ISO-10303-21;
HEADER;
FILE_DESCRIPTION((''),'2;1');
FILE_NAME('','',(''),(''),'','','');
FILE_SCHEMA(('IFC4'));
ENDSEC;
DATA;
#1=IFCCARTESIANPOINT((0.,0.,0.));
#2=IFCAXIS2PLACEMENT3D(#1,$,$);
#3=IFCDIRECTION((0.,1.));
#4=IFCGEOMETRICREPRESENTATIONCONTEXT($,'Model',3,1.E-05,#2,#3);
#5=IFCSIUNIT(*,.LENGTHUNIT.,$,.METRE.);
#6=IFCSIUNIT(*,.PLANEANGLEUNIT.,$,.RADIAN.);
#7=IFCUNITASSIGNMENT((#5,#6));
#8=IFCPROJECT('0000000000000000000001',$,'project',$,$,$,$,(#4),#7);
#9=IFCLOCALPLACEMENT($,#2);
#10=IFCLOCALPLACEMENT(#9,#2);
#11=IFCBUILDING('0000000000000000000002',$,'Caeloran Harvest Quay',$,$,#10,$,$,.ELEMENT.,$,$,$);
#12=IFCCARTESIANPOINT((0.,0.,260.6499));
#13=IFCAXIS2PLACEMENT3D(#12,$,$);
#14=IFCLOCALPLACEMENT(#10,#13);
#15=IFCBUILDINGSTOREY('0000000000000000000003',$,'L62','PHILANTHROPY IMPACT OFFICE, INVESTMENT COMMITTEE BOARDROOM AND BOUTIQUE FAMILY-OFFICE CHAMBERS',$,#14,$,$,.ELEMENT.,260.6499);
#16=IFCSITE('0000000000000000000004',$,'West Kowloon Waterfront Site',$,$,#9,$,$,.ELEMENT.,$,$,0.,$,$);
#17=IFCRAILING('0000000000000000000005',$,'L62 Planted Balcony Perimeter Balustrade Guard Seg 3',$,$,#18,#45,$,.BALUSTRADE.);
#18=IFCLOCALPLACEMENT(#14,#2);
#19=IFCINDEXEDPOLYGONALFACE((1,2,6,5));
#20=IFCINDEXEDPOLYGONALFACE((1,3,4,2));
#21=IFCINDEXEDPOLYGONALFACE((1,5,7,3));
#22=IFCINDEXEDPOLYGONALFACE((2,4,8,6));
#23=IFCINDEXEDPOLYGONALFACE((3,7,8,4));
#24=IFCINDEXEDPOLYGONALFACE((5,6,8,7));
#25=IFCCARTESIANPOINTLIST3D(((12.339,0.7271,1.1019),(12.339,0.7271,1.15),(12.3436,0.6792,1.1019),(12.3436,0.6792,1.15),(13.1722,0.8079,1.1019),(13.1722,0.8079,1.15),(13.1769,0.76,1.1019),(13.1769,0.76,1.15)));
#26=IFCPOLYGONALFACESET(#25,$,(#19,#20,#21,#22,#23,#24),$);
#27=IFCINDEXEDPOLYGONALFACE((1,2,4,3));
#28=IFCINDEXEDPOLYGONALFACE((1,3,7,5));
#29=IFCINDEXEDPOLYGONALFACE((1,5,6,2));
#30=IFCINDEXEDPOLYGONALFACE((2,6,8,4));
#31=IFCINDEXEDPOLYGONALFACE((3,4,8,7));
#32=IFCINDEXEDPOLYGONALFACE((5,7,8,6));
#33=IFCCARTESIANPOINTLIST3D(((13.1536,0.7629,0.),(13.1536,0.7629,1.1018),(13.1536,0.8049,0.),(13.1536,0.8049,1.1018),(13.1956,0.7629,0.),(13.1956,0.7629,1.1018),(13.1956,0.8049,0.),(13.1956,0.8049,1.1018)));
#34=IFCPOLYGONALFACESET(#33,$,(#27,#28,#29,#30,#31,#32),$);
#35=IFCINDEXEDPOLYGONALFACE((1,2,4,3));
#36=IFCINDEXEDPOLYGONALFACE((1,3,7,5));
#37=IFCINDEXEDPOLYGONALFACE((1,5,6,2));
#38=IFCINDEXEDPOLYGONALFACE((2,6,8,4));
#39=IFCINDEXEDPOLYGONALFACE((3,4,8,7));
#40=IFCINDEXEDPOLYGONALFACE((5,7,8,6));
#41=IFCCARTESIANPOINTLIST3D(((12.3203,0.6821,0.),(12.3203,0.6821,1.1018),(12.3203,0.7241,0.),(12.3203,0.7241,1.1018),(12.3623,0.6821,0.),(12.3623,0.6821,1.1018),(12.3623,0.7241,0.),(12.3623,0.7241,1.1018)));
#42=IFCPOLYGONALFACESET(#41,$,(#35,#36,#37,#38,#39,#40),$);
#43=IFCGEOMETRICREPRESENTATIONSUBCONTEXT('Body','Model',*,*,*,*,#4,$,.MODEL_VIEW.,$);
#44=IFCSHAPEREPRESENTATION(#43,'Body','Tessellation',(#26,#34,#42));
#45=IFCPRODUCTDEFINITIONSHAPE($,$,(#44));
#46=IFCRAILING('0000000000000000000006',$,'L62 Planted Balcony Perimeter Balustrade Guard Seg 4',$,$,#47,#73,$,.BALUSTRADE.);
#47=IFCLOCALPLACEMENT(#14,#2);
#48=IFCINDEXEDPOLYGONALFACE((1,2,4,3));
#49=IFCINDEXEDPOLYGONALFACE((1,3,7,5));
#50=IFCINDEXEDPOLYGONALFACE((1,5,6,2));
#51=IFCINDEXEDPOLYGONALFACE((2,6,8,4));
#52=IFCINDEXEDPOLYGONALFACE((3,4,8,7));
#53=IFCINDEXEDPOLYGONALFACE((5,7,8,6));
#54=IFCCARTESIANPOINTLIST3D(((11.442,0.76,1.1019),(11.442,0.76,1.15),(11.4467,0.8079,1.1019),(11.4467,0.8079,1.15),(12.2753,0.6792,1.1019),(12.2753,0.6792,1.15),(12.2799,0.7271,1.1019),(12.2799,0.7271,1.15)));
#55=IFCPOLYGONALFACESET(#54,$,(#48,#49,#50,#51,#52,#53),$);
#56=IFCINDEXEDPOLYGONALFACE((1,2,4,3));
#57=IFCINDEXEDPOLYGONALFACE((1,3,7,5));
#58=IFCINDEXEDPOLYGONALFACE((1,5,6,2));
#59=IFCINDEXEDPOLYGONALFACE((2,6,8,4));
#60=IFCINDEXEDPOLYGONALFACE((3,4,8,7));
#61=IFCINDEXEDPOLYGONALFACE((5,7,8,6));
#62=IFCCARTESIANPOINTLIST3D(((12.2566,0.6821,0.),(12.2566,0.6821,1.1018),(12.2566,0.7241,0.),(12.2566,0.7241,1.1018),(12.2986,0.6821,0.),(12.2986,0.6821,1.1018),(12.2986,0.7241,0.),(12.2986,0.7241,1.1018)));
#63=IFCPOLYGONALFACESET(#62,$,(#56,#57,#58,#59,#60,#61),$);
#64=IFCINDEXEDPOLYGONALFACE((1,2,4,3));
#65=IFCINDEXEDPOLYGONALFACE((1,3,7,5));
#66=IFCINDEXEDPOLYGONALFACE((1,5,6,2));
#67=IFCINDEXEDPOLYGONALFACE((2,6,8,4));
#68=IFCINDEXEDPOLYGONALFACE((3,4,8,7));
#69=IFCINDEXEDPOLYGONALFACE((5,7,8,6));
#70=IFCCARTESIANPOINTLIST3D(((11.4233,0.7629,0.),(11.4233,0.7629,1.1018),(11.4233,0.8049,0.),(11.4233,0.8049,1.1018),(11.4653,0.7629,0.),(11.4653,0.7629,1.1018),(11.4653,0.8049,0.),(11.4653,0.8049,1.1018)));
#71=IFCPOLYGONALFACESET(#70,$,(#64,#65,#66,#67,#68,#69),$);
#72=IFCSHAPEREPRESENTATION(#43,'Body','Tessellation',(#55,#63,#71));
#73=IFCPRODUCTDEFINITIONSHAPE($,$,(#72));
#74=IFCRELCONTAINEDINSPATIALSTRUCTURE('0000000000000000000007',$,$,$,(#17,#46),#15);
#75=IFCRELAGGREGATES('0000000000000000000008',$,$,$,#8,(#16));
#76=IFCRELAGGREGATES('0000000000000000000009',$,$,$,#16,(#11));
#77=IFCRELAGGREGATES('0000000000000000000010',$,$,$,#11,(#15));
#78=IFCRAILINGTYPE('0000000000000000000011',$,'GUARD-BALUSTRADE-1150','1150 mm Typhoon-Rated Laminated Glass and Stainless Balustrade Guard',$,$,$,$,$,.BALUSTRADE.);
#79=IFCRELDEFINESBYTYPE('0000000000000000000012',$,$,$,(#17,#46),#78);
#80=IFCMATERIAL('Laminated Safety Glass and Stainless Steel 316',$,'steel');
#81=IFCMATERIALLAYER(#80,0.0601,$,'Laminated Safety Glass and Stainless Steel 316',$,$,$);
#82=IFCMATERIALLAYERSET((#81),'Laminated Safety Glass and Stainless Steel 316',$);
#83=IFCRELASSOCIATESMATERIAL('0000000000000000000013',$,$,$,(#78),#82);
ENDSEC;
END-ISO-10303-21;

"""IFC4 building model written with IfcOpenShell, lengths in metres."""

from ifc_helpers import new_model, si_unit, direction, frame, origin, origin_2d, place, context, subcontext, project, spatial, rectangle, extrude, material, layer, layer_set, type_object, element, save


model = new_model("IFC4")

# Units and contexts
model_context = context("Model", 3, precision=1e-05, world=origin(), true_north=direction((0.0, 1.0)))
body_context = subcontext(model_context, "Body", "Model", "MODEL_VIEW")
ifc_project = project(units=[si_unit("LENGTHUNIT", "METRE"), si_unit("PLANEANGLEUNIT", "RADIAN")], contexts=[model_context])

# Site, building, storey
site_placement = place(None, origin())
site = spatial("IfcSite", under=ifc_project, at=site_placement, Name="West Kowloon Waterfront Site", CompositionType="ELEMENT", RefElevation=0.0)
building_placement = place(site_placement, origin())
building = spatial("IfcBuilding", under=site, at=building_placement, Name="Caeloran Harvest Quay", CompositionType="ELEMENT")
storey_placement = place(building_placement, frame((0.0, 0.0, 260.6499)))
storey = spatial("IfcBuildingStorey", under=building, at=storey_placement, Name="L62", Description="PHILANTHROPY IMPACT OFFICE, INVESTMENT COMMITTEE BOARDROOM AND BOUTIQUE FAMILY-OFFICE CHAMBERS", CompositionType="ELEMENT", Elevation=260.6499)

# Railings
ifc_material_1 = material(Name="Laminated Safety Glass and Stainless Steel 316", Category="steel")
ifc_layer_1 = layer(ifc_material_1, 0.0601, Name="Laminated Safety Glass and Stainless Steel 316")
ifc_layer_set_1 = layer_set([ifc_layer_1], Name="Laminated Safety Glass and Stainless Steel 316")
railing_type = type_object("IfcRailingType", Name="GUARD-BALUSTRADE-1150", Description="1150 mm Typhoon-Rated Laminated Glass and Stainless Balustrade Guard", PredefinedType="BALUSTRADE", material=ifc_layer_set_1)
railing_1_placement = place(storey_placement, frame((13.1746, 0.7839, 0.0)))
element("IfcRailing", 1, at=railing_1_placement, inside=storey, type_object=railing_type, Name="L62 Planted Balcony Perimeter Balustrade Guard Seg 3", PredefinedType="BALUSTRADE", context=body_context, shape_type="SweptSolid", body=[
    extrude(rectangle(XDim=0.0481, YDim=0.0481, at=origin_2d()), frame((0.0, 0.0, 1.126), z_axis=(-0.99533, -0.096529, 0.0), x_axis=(0.096529, -0.99533, 0.0)), (0.0, 0.0, 1.0), 0.8372),
    extrude(rectangle(XDim=0.042, YDim=0.042, at=origin_2d()), origin(), (0.0, 0.0, 1.0), 1.1018),
    extrude(rectangle(XDim=0.042, YDim=0.042, at=origin_2d()), frame((-0.8333, -0.0808, 0.0)), (0.0, 0.0, 1.0), 1.1018),
])
railing_2_placement = place(storey_placement, frame((12.2776, 0.7031, 0.0)))
element("IfcRailing", 2, at=railing_2_placement, inside=storey, type_object=railing_type, Name="L62 Planted Balcony Perimeter Balustrade Guard Seg 4", PredefinedType="BALUSTRADE", context=body_context, shape_type="SweptSolid", body=[
    extrude(rectangle(XDim=0.0481, YDim=0.0481, at=origin_2d()), frame((0.0, 0.0, 1.126), z_axis=(-0.99533, 0.096529, 0.0), x_axis=(-0.096529, -0.99533, 0.0)), (0.0, 0.0, 1.0), 0.8372),
    extrude(rectangle(XDim=0.042, YDim=0.042, at=origin_2d()), origin(), (0.0, 0.0, 1.0), 1.1018),
    extrude(rectangle(XDim=0.042, YDim=0.042, at=origin_2d()), frame((-0.8333, 0.0808, 0.0)), (0.0, 0.0, 1.0), 1.1018),
])

save(model, "model.ifc")
